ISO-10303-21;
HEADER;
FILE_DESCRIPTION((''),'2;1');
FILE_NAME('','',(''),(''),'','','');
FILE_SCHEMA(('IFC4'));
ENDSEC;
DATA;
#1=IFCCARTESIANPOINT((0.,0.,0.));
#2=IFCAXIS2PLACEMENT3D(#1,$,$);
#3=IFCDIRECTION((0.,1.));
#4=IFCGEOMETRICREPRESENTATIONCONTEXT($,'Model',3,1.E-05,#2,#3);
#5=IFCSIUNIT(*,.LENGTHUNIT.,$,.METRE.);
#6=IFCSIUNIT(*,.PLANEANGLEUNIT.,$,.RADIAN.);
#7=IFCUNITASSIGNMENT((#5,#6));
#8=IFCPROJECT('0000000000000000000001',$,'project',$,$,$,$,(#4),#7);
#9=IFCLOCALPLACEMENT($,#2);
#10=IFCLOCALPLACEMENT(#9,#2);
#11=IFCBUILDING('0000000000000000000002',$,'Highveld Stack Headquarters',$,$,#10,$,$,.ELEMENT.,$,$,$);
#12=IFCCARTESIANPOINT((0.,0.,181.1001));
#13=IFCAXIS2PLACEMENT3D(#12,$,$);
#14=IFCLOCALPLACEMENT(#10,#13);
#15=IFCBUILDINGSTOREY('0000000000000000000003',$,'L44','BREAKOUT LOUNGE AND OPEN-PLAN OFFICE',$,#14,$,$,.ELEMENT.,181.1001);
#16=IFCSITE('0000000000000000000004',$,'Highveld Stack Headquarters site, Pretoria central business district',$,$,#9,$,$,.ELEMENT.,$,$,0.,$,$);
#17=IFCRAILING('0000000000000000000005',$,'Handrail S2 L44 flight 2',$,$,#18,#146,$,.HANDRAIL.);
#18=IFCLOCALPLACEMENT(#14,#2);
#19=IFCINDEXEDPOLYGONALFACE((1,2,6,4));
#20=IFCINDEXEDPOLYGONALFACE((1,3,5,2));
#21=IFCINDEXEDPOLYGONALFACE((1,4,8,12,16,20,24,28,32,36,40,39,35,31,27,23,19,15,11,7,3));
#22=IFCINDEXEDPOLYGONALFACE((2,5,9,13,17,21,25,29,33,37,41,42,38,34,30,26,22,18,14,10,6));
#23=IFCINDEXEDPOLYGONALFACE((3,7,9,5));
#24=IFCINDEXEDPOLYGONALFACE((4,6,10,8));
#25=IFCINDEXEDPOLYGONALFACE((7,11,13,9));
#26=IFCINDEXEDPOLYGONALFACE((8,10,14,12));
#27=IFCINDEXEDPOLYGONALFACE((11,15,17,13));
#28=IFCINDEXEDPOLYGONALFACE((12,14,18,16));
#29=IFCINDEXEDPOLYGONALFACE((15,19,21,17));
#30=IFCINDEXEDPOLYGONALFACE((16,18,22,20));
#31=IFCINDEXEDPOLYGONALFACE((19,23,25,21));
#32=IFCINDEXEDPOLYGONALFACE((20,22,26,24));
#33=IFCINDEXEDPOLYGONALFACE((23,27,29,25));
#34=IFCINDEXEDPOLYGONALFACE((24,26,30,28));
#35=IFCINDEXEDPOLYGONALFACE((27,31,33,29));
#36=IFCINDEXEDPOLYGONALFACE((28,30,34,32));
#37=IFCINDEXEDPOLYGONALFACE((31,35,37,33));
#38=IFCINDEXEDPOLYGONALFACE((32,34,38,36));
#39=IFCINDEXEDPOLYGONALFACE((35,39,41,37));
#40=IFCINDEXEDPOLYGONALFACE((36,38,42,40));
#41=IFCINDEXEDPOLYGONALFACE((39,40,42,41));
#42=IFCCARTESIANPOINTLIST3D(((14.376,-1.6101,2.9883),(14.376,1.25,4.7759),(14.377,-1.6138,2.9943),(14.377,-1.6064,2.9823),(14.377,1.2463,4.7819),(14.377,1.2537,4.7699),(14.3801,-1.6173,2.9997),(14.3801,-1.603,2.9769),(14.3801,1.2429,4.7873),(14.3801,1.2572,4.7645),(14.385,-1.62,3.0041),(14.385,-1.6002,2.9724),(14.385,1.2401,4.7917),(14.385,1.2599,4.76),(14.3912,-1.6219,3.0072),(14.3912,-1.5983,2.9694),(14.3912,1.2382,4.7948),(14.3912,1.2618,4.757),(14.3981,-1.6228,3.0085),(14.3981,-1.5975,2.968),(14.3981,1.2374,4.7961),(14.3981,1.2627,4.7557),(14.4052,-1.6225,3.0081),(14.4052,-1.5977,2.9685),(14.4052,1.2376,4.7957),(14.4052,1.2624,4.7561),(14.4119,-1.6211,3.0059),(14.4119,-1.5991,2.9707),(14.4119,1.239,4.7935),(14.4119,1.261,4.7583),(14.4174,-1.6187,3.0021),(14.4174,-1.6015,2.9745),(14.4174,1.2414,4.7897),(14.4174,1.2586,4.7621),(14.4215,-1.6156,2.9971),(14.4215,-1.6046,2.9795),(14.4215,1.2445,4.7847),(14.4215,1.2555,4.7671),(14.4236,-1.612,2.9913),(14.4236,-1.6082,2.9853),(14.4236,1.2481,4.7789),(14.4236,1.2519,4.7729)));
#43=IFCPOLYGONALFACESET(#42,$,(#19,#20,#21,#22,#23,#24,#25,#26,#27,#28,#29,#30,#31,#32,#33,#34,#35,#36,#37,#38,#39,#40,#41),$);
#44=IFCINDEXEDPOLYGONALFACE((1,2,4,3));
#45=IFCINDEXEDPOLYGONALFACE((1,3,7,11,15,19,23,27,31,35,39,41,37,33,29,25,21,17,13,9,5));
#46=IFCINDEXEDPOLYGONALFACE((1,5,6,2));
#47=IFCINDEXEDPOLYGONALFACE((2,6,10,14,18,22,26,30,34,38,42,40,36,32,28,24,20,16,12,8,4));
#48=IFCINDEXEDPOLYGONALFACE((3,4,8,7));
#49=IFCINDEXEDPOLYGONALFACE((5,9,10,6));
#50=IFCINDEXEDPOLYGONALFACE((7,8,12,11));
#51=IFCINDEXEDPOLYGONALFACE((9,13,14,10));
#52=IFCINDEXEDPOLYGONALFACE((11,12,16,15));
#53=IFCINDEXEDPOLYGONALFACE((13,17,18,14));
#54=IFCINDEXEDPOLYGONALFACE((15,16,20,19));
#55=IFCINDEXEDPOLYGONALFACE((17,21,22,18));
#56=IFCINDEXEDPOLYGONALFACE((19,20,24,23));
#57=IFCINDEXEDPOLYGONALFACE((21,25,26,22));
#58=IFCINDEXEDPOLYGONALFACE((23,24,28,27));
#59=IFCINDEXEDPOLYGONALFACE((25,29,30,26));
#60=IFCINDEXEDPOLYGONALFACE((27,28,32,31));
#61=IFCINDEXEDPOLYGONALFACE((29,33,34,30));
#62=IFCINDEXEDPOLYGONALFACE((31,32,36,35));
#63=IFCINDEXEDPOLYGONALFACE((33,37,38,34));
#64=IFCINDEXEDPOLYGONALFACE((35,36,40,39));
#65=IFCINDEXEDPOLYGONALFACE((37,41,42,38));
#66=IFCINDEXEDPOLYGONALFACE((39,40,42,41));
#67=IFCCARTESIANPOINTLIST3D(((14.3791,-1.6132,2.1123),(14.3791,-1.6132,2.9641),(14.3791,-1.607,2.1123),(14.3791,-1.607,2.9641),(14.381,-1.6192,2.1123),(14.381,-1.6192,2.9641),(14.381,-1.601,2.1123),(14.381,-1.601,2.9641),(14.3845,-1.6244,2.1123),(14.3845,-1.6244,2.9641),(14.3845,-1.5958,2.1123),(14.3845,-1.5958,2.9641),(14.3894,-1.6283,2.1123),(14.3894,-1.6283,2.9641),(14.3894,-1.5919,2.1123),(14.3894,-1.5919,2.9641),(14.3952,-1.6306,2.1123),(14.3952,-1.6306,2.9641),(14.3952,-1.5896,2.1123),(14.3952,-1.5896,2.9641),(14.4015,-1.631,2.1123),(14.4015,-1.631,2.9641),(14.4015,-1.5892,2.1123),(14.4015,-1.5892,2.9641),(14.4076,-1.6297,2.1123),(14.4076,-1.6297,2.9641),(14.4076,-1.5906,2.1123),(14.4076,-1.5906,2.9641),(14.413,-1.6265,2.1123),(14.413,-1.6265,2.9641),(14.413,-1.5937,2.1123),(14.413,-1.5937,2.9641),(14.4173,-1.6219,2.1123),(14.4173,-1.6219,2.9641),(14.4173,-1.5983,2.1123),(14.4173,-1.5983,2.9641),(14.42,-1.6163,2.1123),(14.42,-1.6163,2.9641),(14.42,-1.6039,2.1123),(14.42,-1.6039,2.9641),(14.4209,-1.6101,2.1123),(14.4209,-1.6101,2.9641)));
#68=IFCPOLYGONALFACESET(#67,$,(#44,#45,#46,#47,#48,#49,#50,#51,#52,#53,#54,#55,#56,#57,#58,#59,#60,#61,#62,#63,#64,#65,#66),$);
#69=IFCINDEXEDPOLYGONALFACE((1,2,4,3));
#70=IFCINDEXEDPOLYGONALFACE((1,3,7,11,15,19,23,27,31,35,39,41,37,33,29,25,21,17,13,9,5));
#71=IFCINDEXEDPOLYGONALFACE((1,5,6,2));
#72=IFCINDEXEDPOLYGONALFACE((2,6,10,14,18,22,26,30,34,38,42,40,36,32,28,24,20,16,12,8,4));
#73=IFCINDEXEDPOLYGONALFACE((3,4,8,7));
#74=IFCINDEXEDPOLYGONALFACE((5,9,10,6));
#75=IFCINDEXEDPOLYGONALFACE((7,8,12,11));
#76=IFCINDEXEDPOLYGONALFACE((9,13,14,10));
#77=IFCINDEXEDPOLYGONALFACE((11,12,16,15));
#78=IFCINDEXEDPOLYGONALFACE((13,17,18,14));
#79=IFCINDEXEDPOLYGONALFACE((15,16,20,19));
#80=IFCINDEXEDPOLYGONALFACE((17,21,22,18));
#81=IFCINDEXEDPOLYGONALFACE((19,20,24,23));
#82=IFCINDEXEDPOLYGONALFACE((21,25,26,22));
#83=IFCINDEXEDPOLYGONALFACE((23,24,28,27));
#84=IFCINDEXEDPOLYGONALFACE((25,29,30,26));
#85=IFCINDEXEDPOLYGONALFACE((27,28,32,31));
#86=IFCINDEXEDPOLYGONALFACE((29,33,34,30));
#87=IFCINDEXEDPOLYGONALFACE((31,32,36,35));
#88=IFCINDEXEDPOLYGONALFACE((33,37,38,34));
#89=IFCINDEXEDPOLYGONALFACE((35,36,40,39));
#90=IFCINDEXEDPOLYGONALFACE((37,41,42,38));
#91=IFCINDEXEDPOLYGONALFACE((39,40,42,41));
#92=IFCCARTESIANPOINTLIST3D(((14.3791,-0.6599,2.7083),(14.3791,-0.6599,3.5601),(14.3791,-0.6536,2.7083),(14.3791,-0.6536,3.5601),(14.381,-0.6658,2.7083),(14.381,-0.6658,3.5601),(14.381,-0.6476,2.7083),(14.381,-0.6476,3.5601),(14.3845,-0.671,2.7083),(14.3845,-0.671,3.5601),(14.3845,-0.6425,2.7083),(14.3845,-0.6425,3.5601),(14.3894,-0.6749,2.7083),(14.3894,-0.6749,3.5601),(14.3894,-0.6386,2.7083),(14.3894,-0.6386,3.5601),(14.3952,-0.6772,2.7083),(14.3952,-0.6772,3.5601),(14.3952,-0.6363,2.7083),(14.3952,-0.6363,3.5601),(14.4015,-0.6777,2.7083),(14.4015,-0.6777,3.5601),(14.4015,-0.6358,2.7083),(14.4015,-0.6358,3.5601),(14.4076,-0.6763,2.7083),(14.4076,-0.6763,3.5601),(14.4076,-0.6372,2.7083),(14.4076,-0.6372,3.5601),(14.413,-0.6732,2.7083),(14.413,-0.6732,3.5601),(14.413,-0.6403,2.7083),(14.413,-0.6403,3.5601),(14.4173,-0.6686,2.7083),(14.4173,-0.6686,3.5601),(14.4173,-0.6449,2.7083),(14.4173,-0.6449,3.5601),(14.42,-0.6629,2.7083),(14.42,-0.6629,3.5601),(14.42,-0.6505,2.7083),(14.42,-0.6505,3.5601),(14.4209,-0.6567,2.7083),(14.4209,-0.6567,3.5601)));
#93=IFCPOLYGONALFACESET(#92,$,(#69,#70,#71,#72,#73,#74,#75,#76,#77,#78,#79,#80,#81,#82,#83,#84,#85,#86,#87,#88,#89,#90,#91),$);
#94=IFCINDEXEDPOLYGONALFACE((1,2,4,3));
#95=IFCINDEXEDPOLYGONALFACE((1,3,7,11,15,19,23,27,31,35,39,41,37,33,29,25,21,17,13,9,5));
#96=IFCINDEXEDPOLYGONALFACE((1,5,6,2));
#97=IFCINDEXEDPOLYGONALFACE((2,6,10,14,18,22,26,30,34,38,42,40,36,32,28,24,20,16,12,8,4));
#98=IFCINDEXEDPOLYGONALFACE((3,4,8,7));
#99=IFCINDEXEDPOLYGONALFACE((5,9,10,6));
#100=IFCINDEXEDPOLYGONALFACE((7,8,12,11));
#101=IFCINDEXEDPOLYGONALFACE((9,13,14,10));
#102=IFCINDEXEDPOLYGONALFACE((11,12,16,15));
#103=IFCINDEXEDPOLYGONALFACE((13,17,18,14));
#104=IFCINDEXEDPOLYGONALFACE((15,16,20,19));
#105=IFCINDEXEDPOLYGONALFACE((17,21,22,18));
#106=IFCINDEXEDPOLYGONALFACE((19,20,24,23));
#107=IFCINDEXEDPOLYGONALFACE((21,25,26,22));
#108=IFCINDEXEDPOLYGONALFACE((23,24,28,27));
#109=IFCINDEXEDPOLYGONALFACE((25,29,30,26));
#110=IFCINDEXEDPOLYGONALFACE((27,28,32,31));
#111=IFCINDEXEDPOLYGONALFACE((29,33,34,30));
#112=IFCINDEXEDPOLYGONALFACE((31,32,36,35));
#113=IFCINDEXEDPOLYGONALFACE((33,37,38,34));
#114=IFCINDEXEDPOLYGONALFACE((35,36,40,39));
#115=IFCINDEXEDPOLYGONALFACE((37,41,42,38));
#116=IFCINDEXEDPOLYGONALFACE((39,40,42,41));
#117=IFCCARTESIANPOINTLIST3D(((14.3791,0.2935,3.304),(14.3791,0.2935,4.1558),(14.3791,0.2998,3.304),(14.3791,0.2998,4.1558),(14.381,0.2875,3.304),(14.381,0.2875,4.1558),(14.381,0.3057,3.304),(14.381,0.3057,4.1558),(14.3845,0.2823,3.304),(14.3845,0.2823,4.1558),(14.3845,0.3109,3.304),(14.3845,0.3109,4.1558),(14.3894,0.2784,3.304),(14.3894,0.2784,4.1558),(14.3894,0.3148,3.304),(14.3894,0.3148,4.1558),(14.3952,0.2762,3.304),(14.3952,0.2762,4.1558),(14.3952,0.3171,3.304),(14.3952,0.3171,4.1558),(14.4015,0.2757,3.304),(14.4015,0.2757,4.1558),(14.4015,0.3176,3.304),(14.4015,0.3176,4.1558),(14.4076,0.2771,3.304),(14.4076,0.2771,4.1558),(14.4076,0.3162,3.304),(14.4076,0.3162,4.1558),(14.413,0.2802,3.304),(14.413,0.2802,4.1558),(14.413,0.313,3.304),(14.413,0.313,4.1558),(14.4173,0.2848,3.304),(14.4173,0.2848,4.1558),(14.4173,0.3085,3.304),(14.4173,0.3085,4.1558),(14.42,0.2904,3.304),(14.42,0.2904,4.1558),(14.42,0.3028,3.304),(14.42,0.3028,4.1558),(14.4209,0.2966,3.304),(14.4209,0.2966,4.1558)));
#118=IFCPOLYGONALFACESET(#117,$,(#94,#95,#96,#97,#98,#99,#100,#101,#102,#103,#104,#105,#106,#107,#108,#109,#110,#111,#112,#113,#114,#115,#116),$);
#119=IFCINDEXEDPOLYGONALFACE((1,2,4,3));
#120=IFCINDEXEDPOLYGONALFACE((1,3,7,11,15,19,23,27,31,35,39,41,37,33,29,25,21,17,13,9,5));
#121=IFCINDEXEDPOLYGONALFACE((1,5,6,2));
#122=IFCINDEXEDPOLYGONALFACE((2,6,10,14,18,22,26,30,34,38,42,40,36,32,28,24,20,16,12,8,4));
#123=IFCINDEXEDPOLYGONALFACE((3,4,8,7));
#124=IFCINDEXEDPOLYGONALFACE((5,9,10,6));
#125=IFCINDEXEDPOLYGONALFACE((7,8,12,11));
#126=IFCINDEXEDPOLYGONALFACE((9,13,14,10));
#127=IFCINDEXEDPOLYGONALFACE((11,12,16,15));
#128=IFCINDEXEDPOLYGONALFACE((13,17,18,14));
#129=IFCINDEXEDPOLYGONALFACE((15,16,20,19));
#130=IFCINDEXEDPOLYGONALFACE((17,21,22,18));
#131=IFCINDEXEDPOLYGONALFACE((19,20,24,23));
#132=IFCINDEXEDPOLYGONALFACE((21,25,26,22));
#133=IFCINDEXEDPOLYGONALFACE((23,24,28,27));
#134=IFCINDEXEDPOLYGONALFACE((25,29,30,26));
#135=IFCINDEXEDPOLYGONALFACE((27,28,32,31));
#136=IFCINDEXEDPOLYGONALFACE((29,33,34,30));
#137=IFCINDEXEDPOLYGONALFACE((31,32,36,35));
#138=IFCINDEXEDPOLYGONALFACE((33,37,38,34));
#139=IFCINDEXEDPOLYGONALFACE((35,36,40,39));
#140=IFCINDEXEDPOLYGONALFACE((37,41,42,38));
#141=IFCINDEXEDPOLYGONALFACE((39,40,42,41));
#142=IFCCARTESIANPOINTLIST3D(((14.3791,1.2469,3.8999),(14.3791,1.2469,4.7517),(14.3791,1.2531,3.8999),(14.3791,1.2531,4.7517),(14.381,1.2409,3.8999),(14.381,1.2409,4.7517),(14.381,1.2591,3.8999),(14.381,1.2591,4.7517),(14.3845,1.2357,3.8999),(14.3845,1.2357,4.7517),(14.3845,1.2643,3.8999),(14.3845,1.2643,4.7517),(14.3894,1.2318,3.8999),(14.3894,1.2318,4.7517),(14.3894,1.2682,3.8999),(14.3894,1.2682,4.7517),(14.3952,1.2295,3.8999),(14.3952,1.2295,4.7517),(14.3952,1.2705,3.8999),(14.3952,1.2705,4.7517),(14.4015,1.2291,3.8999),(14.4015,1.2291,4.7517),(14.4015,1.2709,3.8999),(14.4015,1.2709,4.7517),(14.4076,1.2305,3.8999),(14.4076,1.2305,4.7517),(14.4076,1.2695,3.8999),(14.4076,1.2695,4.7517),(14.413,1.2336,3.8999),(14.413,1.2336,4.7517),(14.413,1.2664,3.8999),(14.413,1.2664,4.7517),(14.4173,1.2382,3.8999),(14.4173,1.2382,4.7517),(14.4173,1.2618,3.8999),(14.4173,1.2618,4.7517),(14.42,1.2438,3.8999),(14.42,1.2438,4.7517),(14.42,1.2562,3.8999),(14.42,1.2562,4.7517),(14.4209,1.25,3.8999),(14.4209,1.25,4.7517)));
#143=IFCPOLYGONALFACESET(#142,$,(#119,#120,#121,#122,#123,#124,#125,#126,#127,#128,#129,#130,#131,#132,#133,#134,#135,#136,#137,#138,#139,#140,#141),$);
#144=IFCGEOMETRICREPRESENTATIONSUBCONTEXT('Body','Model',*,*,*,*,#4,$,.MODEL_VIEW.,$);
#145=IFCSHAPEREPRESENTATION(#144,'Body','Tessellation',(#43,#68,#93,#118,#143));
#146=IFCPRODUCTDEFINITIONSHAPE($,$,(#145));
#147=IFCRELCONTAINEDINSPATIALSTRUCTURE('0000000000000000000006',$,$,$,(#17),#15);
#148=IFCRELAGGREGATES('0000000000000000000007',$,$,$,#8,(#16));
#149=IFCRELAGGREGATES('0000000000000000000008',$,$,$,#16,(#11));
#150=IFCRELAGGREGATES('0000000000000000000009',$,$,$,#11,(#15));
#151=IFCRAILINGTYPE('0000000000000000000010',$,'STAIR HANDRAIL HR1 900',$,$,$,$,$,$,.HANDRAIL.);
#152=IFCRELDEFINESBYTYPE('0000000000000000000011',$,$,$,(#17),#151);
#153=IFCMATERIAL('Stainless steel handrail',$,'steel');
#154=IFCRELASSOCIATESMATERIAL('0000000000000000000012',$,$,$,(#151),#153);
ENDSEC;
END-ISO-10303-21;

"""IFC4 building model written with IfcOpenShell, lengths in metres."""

from ifc_helpers import new_model, si_unit, direction, frame, origin, origin_2d, place, context, subcontext, project, spatial, circle, extrude, material, type_object, element, save


model = new_model("IFC4")

# Units and contexts
model_context = context("Model", 3, precision=1e-05, world=origin(), true_north=direction((0.0, 1.0)))
body_context = subcontext(model_context, "Body", "Model", "MODEL_VIEW")
ifc_project = project(units=[si_unit("LENGTHUNIT", "METRE"), si_unit("PLANEANGLEUNIT", "RADIAN")], contexts=[model_context])

# Site, building, storey
site_placement = place(None, origin())
site = spatial("IfcSite", under=ifc_project, at=site_placement, Name="Highveld Stack Headquarters site, Pretoria central business district", CompositionType="ELEMENT", RefElevation=0.0)
building_placement = place(site_placement, origin())
building = spatial("IfcBuilding", under=site, at=building_placement, Name="Highveld Stack Headquarters", CompositionType="ELEMENT")
storey_placement = place(building_placement, frame((0.0, 0.0, 181.1001)))
storey = spatial("IfcBuildingStorey", under=building, at=storey_placement, Name="L44", Description="BREAKOUT LOUNGE AND OPEN-PLAN OFFICE", CompositionType="ELEMENT", Elevation=181.1001)

# Railing
ifc_material_1 = material(Name="Stainless steel handrail", Category="steel")
railing_type = type_object("IfcRailingType", Name="STAIR HANDRAIL HR1 900", PredefinedType="HANDRAIL", material=ifc_material_1)
for number, where, name in (
    (1, (14.3999, -1.6101, 2.1123), "Handrail S2 L44 flight 2"),
):
    element("IfcRailing", number, at=place(storey_placement, frame(where)), inside=storey, type_object=railing_type, Name=name, PredefinedType="HANDRAIL", context=body_context, shape_type="SweptSolid", body=[
        extrude(circle(Radius=0.0239, at=origin_2d()), frame((0.0, 0.0, 0.876), z_axis=(0.0, 0.847994, 0.530005), x_axis=(-1.0, 0.0, 0.0)), (0.0, 0.0, 1.0), 3.3728),
        extrude(circle(Radius=0.021, at=origin_2d()), origin(), (0.0, 0.0, 1.0), 0.8518),
        extrude(circle(Radius=0.021, at=origin_2d()), frame((0.0, 0.9534, 0.5959)), (0.0, 0.0, 1.0), 0.8518),
        extrude(circle(Radius=0.021, at=origin_2d()), frame((0.0, 1.9067, 1.1917)), (0.0, 0.0, 1.0), 0.8518),
        extrude(circle(Radius=0.021, at=origin_2d()), frame((0.0, 2.8601, 1.7876)), (0.0, 0.0, 1.0), 0.8518),
    ])

save(model, "model.ifc")
